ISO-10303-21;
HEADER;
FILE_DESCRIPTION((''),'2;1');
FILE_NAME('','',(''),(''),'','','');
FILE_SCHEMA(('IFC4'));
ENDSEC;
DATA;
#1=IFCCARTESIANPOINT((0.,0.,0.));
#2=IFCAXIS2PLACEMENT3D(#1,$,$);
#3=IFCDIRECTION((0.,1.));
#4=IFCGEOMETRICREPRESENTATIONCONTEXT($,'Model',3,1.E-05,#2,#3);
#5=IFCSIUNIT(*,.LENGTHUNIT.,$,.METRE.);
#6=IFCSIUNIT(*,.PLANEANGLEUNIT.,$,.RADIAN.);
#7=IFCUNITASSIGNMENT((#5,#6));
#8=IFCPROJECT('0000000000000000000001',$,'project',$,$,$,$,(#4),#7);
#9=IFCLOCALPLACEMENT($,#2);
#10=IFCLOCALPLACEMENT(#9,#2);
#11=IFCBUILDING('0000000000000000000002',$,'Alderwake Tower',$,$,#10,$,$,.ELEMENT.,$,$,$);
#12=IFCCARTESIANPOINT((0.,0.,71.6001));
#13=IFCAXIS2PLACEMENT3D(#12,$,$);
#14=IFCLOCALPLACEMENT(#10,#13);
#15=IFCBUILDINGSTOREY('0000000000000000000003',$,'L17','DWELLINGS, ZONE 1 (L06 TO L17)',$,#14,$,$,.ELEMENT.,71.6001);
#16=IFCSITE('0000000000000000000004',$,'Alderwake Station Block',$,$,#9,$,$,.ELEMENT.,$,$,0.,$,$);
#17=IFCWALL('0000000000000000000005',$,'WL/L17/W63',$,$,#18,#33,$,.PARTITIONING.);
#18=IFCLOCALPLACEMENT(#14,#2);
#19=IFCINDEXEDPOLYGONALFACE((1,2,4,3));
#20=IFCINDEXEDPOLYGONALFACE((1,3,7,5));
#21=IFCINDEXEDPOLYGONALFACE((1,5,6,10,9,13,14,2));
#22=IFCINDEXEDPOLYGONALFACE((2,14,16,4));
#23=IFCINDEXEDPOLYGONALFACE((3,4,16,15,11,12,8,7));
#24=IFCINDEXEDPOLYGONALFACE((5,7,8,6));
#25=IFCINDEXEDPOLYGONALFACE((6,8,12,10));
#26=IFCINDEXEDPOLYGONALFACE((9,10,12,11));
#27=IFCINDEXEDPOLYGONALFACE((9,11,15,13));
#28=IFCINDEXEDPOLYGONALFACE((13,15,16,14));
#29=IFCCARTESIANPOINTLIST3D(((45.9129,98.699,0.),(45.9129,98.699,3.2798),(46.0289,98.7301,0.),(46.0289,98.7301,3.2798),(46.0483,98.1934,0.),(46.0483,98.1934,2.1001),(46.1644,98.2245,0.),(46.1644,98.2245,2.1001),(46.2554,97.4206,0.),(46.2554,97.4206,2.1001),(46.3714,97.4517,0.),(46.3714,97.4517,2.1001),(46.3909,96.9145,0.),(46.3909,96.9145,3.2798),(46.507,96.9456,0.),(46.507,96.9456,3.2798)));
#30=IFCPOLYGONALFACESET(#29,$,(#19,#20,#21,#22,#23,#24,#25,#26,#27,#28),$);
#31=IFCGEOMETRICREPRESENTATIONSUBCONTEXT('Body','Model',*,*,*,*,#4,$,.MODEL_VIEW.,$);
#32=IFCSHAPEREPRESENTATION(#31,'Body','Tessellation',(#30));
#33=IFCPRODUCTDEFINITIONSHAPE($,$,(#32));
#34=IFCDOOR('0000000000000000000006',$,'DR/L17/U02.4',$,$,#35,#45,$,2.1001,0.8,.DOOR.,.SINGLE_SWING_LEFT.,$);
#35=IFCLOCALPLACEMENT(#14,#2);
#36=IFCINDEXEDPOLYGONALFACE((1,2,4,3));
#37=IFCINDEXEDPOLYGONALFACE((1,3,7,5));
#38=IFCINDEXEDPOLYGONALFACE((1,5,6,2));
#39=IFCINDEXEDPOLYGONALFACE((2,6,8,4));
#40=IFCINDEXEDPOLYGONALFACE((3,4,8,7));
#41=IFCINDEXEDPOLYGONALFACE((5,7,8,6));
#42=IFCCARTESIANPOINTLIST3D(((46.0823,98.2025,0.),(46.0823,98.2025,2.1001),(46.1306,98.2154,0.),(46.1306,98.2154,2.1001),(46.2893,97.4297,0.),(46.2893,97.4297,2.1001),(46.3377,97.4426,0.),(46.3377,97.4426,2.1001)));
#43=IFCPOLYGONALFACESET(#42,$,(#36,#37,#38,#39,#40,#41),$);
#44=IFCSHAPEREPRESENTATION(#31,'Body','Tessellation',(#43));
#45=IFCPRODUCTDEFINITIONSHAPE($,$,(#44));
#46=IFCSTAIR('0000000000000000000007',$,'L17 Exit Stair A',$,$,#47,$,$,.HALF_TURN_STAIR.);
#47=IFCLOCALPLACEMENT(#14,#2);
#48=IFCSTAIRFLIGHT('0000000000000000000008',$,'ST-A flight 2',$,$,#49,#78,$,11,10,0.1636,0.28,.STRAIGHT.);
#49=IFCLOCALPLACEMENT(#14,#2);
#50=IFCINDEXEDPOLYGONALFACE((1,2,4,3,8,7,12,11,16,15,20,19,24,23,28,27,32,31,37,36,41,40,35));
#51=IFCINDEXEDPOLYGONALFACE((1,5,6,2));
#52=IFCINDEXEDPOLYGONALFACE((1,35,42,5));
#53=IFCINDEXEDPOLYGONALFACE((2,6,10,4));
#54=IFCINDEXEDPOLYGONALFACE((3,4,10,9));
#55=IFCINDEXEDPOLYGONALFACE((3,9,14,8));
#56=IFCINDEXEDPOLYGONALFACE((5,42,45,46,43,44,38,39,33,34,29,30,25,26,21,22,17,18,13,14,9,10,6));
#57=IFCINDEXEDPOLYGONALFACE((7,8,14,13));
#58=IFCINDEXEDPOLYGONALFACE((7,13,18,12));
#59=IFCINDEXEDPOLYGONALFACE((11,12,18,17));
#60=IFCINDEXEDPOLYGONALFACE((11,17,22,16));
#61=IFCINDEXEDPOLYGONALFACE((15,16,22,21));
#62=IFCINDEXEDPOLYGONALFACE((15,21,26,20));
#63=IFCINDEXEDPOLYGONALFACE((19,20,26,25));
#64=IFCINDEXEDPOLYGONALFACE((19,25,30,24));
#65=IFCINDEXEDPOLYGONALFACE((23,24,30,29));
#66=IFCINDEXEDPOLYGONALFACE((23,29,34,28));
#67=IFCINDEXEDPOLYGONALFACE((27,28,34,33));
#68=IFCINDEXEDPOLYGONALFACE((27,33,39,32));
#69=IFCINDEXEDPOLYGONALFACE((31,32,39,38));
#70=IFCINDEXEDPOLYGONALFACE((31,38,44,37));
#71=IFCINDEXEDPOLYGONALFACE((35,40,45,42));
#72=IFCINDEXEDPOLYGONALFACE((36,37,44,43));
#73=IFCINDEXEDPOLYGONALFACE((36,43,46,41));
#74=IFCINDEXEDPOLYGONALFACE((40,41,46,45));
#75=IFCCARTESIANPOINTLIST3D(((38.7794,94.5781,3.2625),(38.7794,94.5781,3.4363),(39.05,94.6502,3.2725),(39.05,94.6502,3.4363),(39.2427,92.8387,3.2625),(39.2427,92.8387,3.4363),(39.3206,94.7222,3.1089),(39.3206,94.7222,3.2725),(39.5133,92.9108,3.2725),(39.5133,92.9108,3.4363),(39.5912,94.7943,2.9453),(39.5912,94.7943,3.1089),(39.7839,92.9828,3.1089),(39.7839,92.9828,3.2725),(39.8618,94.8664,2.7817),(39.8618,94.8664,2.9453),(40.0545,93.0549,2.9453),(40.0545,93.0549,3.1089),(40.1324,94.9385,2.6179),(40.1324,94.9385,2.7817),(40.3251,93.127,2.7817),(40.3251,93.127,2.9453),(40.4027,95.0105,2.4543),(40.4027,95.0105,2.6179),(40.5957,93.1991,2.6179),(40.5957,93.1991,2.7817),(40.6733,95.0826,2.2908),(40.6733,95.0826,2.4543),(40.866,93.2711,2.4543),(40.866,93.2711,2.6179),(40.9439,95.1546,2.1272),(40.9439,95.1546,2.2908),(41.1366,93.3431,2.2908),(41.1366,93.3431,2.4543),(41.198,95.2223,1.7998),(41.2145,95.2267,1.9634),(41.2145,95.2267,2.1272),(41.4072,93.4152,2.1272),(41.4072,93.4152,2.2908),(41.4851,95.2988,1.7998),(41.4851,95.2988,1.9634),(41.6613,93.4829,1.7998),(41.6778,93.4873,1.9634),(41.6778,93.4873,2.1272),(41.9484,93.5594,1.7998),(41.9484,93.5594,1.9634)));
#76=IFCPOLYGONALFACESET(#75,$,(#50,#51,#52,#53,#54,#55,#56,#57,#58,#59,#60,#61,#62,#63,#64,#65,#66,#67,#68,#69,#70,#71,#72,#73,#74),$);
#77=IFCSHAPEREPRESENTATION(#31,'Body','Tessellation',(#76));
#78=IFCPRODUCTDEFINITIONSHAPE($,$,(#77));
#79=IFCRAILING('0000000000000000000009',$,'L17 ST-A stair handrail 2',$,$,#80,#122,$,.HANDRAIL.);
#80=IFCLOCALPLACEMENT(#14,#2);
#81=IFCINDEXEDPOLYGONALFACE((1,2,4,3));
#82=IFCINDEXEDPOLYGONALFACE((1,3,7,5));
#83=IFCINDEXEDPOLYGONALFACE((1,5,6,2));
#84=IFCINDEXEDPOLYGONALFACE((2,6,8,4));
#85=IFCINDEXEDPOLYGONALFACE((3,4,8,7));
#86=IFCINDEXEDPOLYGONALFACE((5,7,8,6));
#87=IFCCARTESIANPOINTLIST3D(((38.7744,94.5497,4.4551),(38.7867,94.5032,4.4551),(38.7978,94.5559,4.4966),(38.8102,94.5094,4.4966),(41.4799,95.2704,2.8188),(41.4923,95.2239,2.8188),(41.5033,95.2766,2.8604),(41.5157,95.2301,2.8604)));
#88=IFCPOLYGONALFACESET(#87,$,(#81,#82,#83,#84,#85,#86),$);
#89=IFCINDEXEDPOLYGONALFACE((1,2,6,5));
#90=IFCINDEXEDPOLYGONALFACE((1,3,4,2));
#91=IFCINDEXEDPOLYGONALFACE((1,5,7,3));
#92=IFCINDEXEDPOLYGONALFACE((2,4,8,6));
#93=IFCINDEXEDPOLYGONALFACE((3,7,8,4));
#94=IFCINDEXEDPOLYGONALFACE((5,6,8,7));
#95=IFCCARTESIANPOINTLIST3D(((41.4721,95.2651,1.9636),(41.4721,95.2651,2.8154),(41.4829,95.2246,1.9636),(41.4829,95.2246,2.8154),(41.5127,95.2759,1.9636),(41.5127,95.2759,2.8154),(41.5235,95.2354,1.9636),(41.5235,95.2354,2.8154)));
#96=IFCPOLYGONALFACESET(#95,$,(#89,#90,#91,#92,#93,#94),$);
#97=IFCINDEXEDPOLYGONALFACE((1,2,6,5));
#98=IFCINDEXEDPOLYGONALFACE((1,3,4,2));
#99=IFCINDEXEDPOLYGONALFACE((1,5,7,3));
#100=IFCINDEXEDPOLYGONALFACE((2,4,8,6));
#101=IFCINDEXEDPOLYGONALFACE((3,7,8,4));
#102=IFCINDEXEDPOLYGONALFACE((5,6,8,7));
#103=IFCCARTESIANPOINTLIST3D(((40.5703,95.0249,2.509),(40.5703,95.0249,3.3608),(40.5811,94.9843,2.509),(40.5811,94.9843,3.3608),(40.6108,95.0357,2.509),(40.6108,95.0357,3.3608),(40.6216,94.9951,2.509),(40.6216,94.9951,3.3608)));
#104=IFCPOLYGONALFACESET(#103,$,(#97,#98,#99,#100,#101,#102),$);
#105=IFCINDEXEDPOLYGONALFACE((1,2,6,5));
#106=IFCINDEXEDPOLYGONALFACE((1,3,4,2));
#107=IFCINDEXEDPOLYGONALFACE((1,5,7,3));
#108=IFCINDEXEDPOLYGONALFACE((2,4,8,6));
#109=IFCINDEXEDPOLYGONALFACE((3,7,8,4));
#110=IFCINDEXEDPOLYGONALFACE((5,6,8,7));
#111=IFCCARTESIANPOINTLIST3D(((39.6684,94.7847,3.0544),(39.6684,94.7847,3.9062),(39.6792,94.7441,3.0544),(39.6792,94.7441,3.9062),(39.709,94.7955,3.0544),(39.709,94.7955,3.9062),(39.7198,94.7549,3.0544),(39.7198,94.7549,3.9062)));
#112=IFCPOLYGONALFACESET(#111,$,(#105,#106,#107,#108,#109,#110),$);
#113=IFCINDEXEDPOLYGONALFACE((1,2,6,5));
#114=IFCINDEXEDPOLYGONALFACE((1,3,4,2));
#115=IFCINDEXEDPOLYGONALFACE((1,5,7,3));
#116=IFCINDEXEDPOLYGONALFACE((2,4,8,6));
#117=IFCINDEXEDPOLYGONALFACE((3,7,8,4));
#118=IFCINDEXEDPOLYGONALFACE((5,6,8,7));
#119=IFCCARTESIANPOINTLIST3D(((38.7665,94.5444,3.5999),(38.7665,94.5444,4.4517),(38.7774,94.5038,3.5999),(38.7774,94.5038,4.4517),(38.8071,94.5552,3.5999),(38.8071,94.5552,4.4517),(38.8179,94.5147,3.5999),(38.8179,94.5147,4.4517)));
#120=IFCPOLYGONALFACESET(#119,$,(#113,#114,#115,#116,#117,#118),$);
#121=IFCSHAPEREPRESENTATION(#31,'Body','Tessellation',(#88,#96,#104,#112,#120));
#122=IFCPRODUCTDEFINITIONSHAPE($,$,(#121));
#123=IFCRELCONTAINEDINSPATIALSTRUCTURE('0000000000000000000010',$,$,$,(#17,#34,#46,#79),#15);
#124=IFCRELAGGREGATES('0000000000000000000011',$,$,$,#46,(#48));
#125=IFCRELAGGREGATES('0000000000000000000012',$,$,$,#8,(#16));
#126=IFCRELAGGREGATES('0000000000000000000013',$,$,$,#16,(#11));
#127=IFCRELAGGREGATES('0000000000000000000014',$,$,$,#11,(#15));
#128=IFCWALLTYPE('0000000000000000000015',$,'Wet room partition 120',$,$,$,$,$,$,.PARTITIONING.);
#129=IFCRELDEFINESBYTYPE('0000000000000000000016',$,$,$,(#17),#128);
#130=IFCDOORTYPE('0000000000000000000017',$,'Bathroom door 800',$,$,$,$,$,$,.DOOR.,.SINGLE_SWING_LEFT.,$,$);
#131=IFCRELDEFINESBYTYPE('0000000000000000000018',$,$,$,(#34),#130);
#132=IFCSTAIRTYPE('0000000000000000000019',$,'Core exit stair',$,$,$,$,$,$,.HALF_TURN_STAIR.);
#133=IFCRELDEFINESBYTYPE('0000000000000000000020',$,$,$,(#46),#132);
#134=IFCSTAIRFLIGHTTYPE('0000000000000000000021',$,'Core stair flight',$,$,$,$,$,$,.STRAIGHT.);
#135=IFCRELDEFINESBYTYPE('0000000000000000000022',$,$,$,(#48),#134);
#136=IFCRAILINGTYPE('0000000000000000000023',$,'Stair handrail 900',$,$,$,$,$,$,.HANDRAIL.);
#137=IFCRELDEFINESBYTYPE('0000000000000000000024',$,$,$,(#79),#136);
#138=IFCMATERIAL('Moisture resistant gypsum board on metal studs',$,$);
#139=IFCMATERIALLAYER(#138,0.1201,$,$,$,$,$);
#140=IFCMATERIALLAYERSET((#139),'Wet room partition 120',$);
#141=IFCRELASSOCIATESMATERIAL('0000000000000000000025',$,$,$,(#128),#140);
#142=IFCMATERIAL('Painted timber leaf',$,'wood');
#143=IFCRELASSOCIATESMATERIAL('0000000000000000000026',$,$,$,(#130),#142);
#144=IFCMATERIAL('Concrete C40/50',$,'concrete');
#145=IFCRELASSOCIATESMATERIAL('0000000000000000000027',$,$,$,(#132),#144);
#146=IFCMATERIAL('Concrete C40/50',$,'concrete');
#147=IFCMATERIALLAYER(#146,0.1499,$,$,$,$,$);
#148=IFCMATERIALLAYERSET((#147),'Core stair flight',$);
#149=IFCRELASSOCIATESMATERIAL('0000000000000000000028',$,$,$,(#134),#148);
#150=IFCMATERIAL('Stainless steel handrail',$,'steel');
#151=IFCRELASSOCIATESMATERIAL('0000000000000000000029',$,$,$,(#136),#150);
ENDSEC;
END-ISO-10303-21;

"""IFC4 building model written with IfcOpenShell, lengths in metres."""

from ifc_helpers import new_model, si_unit, direction, frame, frame_2d, origin, origin_2d, place, context, subcontext, project, spatial, polyline, rectangle, outline, extrude, material, layer, layer_set, type_object, element, fill, aggregate, save


model = new_model("IFC4")

# Units and contexts
model_context = context("Model", 3, precision=1e-05, world=origin(), true_north=direction((0.0, 1.0)))
body_context = subcontext(model_context, "Body", "Model", "MODEL_VIEW")
ifc_project = project(units=[si_unit("LENGTHUNIT", "METRE"), si_unit("PLANEANGLEUNIT", "RADIAN")], contexts=[model_context])

# Site, building, storey
site_placement = place(None, origin())
site = spatial("IfcSite", under=ifc_project, at=site_placement, Name="Alderwake Station Block", CompositionType="ELEMENT", RefElevation=0.0)
building_placement = place(site_placement, origin())
building = spatial("IfcBuilding", under=site, at=building_placement, Name="Alderwake Tower", CompositionType="ELEMENT")
storey_placement = place(building_placement, frame((0.0, 0.0, 71.6001)))
storey = spatial("IfcBuildingStorey", under=building, at=storey_placement, Name="L17", Description="DWELLINGS, ZONE 1 (L06 TO L17)", CompositionType="ELEMENT", Elevation=71.6001)

# Wall, opening, door
ifc_material_1 = material(Name="Moisture resistant gypsum board on metal studs")
ifc_layer_1 = layer(ifc_material_1, 0.1201)
ifc_layer_set_1 = layer_set([ifc_layer_1], Name="Wet room partition 120")
wall_type_1 = type_object("IfcWallType", Name="Wet room partition 120", PredefinedType="PARTITIONING", material=ifc_layer_set_1)
wall_1_placement = place(storey_placement, frame((46.449, 96.9299, 0.0), z_axis=(0.0, 0.0, 1.0), x_axis=(-0.258765, 0.96594, 0.0)))
wall_1 = element("IfcWall", 1, at=wall_1_placement, inside=storey, type_object=wall_type_1, Name="WL/L17/W63", PredefinedType="PARTITIONING", context=body_context, shape_type="SweptSolid", body=[
    extrude(rectangle(XDim=1.8474, YDim=0.1201, at=frame_2d((0.9238, 0.0))), origin(), (0.0, 0.0, 1.0), 3.2798),
])
opening_1_placement = place(wall_1_placement, frame((0.5242, 0.0, 0.0)))
opening_1 = element("IfcOpeningElement", 2, at=opening_1_placement, cuts=wall_1, PredefinedType="OPENING", context=body_context, shape_type="SweptSolid", body=[
    extrude(rectangle(XDim=0.8, YDim=2.1001, at=frame_2d((0.3999, 1.05))), frame((0.0, 0.0701, 0.0), z_axis=(0.0, -1.0, 0.0), x_axis=(1.0, 0.0, 0.0)), (0.0, 0.0, 1.0), 0.1401),
])
ifc_material_2 = material(Name="Painted timber leaf", Category="wood")
door_type_1 = type_object("IfcDoorType", Name="Bathroom door 800", OperationType="SINGLE_SWING_LEFT", PredefinedType="DOOR", material=ifc_material_2)
door_1_placement = place(opening_1_placement, origin())
door_1 = element("IfcDoor", 3, at=door_1_placement, inside=storey, type_object=door_type_1, Name="DR/L17/U02.4", OperationType="SINGLE_SWING_LEFT", OverallHeight=2.1001, OverallWidth=0.8, PredefinedType="DOOR", context=body_context, shape_type="SweptSolid", body=[
    extrude(rectangle(XDim=0.8, YDim=2.1001, at=frame_2d((0.3999, 1.05))), frame((0.0, 0.0249, 0.0), z_axis=(0.0, -1.0, 0.0), x_axis=(1.0, 0.0, 0.0)), (0.0, 0.0, 1.0), 0.05),
])
fill(opening_1, door_1)

# Stair, stair flight
ifc_material_3 = material(Name="Concrete C40/50", Category="concrete")
stair_type = type_object("IfcStairType", Name="Core exit stair", PredefinedType="HALF_TURN_STAIR", material=ifc_material_3)
stair_placement = place(storey_placement, origin())
stair = element("IfcStair", 4, at=stair_placement, inside=storey, type_object=stair_type, Name="L17 Exit Stair A", PredefinedType="HALF_TURN_STAIR")
ifc_material_4 = material(Name="Concrete C40/50", Category="concrete")
ifc_layer_2 = layer(ifc_material_4, 0.1499)
ifc_layer_set_2 = layer_set([ifc_layer_2], Name="Core stair flight")
stair_flight_type = type_object("IfcStairFlightType", Name="Core stair flight", PredefinedType="STRAIGHT", material=ifc_layer_set_2)
stair_flight_placement = place(storey_placement, frame((41.7168, 94.429, 1.7998), z_axis=(0.0, 0.0, 1.0), x_axis=(-0.96631, -0.257382, 0.0)))
stair_flight = element("IfcStairFlight", 5, at=stair_flight_placement, type_object=stair_flight_type, Name="ST-A flight 2", NumberOfRisers=11, NumberOfTreads=10, PredefinedType="STRAIGHT", RiserHeight=0.1636, TreadLength=0.28, context=body_context, shape_type="SweptSolid", body=[
    extrude(outline(polyline([(0.0, 0.0), (0.0, 0.1636), (0.28, 0.1636), (0.28, 0.3274), (0.5601, 0.3274), (0.5601, 0.491), (0.8401, 0.491), (0.8401, 0.6545), (1.1201, 0.6545), (1.1201, 0.8181), (1.3999, 0.8181), (1.3999, 0.9819), (1.6799, 0.9819), (1.6799, 1.1455), (1.96, 1.1455), (1.96, 1.3091), (2.24, 1.3091), (2.24, 1.4727), (2.52, 1.4727), (2.52, 1.6365), (2.8, 1.6365), (2.8, 1.8), (2.8, 1.4626), (0.2971, 0.0), (0.0, 0.0)])), frame((0.0, 0.8999, 0.0), z_axis=(0.0, -1.0, 0.0), x_axis=(1.0, 0.0, 0.0)), (0.0, 0.0, 1.0), 1.8),
])
aggregate(stair, [stair_flight])

# Railing
ifc_material_5 = material(Name="Stainless steel handrail", Category="steel")
railing_type = type_object("IfcRailingType", Name="Stair handrail 900", PredefinedType="HANDRAIL", material=ifc_material_5)
railing_placement = place(storey_placement, frame((41.4978, 95.2502, 1.9636)))
element("IfcRailing", 6, at=railing_placement, inside=storey, type_object=railing_type, Name="L17 ST-A stair handrail 2", PredefinedType="HANDRAIL", context=body_context, shape_type="SweptSolid", body=[
    extrude(rectangle(XDim=0.0481, YDim=0.0481, at=origin_2d()), frame((0.0, 0.0, 0.876), z_axis=(-0.834291, -0.222237, 0.504549), x_axis=(0.257402, -0.966304, 0.0)), (0.0, 0.0, 1.0), 3.2429),
    extrude(rectangle(XDim=0.042, YDim=0.042, at=origin_2d()), frame((0.0, 0.0, 0.0), z_axis=(0.0, 0.0, 1.0), x_axis=(-0.966304, -0.257402, 0.0)), (0.0, 0.0, 1.0), 0.8518),
    extrude(rectangle(XDim=0.042, YDim=0.042, at=origin_2d()), frame((-0.9019, -0.2402, 0.5454), z_axis=(0.0, 0.0, 1.0), x_axis=(-0.966304, -0.257402, 0.0)), (0.0, 0.0, 1.0), 0.8518),
    extrude(rectangle(XDim=0.042, YDim=0.042, at=origin_2d()), frame((-1.8037, -0.4805, 1.0908), z_axis=(0.0, 0.0, 1.0), x_axis=(-0.966304, -0.257402, 0.0)), (0.0, 0.0, 1.0), 0.8518),
    extrude(rectangle(XDim=0.042, YDim=0.042, at=origin_2d()), frame((-2.7056, -0.7207, 1.6362), z_axis=(0.0, 0.0, 1.0), x_axis=(-0.966304, -0.257402, 0.0)), (0.0, 0.0, 1.0), 0.8518),
])

save(model, "model.ifc")
